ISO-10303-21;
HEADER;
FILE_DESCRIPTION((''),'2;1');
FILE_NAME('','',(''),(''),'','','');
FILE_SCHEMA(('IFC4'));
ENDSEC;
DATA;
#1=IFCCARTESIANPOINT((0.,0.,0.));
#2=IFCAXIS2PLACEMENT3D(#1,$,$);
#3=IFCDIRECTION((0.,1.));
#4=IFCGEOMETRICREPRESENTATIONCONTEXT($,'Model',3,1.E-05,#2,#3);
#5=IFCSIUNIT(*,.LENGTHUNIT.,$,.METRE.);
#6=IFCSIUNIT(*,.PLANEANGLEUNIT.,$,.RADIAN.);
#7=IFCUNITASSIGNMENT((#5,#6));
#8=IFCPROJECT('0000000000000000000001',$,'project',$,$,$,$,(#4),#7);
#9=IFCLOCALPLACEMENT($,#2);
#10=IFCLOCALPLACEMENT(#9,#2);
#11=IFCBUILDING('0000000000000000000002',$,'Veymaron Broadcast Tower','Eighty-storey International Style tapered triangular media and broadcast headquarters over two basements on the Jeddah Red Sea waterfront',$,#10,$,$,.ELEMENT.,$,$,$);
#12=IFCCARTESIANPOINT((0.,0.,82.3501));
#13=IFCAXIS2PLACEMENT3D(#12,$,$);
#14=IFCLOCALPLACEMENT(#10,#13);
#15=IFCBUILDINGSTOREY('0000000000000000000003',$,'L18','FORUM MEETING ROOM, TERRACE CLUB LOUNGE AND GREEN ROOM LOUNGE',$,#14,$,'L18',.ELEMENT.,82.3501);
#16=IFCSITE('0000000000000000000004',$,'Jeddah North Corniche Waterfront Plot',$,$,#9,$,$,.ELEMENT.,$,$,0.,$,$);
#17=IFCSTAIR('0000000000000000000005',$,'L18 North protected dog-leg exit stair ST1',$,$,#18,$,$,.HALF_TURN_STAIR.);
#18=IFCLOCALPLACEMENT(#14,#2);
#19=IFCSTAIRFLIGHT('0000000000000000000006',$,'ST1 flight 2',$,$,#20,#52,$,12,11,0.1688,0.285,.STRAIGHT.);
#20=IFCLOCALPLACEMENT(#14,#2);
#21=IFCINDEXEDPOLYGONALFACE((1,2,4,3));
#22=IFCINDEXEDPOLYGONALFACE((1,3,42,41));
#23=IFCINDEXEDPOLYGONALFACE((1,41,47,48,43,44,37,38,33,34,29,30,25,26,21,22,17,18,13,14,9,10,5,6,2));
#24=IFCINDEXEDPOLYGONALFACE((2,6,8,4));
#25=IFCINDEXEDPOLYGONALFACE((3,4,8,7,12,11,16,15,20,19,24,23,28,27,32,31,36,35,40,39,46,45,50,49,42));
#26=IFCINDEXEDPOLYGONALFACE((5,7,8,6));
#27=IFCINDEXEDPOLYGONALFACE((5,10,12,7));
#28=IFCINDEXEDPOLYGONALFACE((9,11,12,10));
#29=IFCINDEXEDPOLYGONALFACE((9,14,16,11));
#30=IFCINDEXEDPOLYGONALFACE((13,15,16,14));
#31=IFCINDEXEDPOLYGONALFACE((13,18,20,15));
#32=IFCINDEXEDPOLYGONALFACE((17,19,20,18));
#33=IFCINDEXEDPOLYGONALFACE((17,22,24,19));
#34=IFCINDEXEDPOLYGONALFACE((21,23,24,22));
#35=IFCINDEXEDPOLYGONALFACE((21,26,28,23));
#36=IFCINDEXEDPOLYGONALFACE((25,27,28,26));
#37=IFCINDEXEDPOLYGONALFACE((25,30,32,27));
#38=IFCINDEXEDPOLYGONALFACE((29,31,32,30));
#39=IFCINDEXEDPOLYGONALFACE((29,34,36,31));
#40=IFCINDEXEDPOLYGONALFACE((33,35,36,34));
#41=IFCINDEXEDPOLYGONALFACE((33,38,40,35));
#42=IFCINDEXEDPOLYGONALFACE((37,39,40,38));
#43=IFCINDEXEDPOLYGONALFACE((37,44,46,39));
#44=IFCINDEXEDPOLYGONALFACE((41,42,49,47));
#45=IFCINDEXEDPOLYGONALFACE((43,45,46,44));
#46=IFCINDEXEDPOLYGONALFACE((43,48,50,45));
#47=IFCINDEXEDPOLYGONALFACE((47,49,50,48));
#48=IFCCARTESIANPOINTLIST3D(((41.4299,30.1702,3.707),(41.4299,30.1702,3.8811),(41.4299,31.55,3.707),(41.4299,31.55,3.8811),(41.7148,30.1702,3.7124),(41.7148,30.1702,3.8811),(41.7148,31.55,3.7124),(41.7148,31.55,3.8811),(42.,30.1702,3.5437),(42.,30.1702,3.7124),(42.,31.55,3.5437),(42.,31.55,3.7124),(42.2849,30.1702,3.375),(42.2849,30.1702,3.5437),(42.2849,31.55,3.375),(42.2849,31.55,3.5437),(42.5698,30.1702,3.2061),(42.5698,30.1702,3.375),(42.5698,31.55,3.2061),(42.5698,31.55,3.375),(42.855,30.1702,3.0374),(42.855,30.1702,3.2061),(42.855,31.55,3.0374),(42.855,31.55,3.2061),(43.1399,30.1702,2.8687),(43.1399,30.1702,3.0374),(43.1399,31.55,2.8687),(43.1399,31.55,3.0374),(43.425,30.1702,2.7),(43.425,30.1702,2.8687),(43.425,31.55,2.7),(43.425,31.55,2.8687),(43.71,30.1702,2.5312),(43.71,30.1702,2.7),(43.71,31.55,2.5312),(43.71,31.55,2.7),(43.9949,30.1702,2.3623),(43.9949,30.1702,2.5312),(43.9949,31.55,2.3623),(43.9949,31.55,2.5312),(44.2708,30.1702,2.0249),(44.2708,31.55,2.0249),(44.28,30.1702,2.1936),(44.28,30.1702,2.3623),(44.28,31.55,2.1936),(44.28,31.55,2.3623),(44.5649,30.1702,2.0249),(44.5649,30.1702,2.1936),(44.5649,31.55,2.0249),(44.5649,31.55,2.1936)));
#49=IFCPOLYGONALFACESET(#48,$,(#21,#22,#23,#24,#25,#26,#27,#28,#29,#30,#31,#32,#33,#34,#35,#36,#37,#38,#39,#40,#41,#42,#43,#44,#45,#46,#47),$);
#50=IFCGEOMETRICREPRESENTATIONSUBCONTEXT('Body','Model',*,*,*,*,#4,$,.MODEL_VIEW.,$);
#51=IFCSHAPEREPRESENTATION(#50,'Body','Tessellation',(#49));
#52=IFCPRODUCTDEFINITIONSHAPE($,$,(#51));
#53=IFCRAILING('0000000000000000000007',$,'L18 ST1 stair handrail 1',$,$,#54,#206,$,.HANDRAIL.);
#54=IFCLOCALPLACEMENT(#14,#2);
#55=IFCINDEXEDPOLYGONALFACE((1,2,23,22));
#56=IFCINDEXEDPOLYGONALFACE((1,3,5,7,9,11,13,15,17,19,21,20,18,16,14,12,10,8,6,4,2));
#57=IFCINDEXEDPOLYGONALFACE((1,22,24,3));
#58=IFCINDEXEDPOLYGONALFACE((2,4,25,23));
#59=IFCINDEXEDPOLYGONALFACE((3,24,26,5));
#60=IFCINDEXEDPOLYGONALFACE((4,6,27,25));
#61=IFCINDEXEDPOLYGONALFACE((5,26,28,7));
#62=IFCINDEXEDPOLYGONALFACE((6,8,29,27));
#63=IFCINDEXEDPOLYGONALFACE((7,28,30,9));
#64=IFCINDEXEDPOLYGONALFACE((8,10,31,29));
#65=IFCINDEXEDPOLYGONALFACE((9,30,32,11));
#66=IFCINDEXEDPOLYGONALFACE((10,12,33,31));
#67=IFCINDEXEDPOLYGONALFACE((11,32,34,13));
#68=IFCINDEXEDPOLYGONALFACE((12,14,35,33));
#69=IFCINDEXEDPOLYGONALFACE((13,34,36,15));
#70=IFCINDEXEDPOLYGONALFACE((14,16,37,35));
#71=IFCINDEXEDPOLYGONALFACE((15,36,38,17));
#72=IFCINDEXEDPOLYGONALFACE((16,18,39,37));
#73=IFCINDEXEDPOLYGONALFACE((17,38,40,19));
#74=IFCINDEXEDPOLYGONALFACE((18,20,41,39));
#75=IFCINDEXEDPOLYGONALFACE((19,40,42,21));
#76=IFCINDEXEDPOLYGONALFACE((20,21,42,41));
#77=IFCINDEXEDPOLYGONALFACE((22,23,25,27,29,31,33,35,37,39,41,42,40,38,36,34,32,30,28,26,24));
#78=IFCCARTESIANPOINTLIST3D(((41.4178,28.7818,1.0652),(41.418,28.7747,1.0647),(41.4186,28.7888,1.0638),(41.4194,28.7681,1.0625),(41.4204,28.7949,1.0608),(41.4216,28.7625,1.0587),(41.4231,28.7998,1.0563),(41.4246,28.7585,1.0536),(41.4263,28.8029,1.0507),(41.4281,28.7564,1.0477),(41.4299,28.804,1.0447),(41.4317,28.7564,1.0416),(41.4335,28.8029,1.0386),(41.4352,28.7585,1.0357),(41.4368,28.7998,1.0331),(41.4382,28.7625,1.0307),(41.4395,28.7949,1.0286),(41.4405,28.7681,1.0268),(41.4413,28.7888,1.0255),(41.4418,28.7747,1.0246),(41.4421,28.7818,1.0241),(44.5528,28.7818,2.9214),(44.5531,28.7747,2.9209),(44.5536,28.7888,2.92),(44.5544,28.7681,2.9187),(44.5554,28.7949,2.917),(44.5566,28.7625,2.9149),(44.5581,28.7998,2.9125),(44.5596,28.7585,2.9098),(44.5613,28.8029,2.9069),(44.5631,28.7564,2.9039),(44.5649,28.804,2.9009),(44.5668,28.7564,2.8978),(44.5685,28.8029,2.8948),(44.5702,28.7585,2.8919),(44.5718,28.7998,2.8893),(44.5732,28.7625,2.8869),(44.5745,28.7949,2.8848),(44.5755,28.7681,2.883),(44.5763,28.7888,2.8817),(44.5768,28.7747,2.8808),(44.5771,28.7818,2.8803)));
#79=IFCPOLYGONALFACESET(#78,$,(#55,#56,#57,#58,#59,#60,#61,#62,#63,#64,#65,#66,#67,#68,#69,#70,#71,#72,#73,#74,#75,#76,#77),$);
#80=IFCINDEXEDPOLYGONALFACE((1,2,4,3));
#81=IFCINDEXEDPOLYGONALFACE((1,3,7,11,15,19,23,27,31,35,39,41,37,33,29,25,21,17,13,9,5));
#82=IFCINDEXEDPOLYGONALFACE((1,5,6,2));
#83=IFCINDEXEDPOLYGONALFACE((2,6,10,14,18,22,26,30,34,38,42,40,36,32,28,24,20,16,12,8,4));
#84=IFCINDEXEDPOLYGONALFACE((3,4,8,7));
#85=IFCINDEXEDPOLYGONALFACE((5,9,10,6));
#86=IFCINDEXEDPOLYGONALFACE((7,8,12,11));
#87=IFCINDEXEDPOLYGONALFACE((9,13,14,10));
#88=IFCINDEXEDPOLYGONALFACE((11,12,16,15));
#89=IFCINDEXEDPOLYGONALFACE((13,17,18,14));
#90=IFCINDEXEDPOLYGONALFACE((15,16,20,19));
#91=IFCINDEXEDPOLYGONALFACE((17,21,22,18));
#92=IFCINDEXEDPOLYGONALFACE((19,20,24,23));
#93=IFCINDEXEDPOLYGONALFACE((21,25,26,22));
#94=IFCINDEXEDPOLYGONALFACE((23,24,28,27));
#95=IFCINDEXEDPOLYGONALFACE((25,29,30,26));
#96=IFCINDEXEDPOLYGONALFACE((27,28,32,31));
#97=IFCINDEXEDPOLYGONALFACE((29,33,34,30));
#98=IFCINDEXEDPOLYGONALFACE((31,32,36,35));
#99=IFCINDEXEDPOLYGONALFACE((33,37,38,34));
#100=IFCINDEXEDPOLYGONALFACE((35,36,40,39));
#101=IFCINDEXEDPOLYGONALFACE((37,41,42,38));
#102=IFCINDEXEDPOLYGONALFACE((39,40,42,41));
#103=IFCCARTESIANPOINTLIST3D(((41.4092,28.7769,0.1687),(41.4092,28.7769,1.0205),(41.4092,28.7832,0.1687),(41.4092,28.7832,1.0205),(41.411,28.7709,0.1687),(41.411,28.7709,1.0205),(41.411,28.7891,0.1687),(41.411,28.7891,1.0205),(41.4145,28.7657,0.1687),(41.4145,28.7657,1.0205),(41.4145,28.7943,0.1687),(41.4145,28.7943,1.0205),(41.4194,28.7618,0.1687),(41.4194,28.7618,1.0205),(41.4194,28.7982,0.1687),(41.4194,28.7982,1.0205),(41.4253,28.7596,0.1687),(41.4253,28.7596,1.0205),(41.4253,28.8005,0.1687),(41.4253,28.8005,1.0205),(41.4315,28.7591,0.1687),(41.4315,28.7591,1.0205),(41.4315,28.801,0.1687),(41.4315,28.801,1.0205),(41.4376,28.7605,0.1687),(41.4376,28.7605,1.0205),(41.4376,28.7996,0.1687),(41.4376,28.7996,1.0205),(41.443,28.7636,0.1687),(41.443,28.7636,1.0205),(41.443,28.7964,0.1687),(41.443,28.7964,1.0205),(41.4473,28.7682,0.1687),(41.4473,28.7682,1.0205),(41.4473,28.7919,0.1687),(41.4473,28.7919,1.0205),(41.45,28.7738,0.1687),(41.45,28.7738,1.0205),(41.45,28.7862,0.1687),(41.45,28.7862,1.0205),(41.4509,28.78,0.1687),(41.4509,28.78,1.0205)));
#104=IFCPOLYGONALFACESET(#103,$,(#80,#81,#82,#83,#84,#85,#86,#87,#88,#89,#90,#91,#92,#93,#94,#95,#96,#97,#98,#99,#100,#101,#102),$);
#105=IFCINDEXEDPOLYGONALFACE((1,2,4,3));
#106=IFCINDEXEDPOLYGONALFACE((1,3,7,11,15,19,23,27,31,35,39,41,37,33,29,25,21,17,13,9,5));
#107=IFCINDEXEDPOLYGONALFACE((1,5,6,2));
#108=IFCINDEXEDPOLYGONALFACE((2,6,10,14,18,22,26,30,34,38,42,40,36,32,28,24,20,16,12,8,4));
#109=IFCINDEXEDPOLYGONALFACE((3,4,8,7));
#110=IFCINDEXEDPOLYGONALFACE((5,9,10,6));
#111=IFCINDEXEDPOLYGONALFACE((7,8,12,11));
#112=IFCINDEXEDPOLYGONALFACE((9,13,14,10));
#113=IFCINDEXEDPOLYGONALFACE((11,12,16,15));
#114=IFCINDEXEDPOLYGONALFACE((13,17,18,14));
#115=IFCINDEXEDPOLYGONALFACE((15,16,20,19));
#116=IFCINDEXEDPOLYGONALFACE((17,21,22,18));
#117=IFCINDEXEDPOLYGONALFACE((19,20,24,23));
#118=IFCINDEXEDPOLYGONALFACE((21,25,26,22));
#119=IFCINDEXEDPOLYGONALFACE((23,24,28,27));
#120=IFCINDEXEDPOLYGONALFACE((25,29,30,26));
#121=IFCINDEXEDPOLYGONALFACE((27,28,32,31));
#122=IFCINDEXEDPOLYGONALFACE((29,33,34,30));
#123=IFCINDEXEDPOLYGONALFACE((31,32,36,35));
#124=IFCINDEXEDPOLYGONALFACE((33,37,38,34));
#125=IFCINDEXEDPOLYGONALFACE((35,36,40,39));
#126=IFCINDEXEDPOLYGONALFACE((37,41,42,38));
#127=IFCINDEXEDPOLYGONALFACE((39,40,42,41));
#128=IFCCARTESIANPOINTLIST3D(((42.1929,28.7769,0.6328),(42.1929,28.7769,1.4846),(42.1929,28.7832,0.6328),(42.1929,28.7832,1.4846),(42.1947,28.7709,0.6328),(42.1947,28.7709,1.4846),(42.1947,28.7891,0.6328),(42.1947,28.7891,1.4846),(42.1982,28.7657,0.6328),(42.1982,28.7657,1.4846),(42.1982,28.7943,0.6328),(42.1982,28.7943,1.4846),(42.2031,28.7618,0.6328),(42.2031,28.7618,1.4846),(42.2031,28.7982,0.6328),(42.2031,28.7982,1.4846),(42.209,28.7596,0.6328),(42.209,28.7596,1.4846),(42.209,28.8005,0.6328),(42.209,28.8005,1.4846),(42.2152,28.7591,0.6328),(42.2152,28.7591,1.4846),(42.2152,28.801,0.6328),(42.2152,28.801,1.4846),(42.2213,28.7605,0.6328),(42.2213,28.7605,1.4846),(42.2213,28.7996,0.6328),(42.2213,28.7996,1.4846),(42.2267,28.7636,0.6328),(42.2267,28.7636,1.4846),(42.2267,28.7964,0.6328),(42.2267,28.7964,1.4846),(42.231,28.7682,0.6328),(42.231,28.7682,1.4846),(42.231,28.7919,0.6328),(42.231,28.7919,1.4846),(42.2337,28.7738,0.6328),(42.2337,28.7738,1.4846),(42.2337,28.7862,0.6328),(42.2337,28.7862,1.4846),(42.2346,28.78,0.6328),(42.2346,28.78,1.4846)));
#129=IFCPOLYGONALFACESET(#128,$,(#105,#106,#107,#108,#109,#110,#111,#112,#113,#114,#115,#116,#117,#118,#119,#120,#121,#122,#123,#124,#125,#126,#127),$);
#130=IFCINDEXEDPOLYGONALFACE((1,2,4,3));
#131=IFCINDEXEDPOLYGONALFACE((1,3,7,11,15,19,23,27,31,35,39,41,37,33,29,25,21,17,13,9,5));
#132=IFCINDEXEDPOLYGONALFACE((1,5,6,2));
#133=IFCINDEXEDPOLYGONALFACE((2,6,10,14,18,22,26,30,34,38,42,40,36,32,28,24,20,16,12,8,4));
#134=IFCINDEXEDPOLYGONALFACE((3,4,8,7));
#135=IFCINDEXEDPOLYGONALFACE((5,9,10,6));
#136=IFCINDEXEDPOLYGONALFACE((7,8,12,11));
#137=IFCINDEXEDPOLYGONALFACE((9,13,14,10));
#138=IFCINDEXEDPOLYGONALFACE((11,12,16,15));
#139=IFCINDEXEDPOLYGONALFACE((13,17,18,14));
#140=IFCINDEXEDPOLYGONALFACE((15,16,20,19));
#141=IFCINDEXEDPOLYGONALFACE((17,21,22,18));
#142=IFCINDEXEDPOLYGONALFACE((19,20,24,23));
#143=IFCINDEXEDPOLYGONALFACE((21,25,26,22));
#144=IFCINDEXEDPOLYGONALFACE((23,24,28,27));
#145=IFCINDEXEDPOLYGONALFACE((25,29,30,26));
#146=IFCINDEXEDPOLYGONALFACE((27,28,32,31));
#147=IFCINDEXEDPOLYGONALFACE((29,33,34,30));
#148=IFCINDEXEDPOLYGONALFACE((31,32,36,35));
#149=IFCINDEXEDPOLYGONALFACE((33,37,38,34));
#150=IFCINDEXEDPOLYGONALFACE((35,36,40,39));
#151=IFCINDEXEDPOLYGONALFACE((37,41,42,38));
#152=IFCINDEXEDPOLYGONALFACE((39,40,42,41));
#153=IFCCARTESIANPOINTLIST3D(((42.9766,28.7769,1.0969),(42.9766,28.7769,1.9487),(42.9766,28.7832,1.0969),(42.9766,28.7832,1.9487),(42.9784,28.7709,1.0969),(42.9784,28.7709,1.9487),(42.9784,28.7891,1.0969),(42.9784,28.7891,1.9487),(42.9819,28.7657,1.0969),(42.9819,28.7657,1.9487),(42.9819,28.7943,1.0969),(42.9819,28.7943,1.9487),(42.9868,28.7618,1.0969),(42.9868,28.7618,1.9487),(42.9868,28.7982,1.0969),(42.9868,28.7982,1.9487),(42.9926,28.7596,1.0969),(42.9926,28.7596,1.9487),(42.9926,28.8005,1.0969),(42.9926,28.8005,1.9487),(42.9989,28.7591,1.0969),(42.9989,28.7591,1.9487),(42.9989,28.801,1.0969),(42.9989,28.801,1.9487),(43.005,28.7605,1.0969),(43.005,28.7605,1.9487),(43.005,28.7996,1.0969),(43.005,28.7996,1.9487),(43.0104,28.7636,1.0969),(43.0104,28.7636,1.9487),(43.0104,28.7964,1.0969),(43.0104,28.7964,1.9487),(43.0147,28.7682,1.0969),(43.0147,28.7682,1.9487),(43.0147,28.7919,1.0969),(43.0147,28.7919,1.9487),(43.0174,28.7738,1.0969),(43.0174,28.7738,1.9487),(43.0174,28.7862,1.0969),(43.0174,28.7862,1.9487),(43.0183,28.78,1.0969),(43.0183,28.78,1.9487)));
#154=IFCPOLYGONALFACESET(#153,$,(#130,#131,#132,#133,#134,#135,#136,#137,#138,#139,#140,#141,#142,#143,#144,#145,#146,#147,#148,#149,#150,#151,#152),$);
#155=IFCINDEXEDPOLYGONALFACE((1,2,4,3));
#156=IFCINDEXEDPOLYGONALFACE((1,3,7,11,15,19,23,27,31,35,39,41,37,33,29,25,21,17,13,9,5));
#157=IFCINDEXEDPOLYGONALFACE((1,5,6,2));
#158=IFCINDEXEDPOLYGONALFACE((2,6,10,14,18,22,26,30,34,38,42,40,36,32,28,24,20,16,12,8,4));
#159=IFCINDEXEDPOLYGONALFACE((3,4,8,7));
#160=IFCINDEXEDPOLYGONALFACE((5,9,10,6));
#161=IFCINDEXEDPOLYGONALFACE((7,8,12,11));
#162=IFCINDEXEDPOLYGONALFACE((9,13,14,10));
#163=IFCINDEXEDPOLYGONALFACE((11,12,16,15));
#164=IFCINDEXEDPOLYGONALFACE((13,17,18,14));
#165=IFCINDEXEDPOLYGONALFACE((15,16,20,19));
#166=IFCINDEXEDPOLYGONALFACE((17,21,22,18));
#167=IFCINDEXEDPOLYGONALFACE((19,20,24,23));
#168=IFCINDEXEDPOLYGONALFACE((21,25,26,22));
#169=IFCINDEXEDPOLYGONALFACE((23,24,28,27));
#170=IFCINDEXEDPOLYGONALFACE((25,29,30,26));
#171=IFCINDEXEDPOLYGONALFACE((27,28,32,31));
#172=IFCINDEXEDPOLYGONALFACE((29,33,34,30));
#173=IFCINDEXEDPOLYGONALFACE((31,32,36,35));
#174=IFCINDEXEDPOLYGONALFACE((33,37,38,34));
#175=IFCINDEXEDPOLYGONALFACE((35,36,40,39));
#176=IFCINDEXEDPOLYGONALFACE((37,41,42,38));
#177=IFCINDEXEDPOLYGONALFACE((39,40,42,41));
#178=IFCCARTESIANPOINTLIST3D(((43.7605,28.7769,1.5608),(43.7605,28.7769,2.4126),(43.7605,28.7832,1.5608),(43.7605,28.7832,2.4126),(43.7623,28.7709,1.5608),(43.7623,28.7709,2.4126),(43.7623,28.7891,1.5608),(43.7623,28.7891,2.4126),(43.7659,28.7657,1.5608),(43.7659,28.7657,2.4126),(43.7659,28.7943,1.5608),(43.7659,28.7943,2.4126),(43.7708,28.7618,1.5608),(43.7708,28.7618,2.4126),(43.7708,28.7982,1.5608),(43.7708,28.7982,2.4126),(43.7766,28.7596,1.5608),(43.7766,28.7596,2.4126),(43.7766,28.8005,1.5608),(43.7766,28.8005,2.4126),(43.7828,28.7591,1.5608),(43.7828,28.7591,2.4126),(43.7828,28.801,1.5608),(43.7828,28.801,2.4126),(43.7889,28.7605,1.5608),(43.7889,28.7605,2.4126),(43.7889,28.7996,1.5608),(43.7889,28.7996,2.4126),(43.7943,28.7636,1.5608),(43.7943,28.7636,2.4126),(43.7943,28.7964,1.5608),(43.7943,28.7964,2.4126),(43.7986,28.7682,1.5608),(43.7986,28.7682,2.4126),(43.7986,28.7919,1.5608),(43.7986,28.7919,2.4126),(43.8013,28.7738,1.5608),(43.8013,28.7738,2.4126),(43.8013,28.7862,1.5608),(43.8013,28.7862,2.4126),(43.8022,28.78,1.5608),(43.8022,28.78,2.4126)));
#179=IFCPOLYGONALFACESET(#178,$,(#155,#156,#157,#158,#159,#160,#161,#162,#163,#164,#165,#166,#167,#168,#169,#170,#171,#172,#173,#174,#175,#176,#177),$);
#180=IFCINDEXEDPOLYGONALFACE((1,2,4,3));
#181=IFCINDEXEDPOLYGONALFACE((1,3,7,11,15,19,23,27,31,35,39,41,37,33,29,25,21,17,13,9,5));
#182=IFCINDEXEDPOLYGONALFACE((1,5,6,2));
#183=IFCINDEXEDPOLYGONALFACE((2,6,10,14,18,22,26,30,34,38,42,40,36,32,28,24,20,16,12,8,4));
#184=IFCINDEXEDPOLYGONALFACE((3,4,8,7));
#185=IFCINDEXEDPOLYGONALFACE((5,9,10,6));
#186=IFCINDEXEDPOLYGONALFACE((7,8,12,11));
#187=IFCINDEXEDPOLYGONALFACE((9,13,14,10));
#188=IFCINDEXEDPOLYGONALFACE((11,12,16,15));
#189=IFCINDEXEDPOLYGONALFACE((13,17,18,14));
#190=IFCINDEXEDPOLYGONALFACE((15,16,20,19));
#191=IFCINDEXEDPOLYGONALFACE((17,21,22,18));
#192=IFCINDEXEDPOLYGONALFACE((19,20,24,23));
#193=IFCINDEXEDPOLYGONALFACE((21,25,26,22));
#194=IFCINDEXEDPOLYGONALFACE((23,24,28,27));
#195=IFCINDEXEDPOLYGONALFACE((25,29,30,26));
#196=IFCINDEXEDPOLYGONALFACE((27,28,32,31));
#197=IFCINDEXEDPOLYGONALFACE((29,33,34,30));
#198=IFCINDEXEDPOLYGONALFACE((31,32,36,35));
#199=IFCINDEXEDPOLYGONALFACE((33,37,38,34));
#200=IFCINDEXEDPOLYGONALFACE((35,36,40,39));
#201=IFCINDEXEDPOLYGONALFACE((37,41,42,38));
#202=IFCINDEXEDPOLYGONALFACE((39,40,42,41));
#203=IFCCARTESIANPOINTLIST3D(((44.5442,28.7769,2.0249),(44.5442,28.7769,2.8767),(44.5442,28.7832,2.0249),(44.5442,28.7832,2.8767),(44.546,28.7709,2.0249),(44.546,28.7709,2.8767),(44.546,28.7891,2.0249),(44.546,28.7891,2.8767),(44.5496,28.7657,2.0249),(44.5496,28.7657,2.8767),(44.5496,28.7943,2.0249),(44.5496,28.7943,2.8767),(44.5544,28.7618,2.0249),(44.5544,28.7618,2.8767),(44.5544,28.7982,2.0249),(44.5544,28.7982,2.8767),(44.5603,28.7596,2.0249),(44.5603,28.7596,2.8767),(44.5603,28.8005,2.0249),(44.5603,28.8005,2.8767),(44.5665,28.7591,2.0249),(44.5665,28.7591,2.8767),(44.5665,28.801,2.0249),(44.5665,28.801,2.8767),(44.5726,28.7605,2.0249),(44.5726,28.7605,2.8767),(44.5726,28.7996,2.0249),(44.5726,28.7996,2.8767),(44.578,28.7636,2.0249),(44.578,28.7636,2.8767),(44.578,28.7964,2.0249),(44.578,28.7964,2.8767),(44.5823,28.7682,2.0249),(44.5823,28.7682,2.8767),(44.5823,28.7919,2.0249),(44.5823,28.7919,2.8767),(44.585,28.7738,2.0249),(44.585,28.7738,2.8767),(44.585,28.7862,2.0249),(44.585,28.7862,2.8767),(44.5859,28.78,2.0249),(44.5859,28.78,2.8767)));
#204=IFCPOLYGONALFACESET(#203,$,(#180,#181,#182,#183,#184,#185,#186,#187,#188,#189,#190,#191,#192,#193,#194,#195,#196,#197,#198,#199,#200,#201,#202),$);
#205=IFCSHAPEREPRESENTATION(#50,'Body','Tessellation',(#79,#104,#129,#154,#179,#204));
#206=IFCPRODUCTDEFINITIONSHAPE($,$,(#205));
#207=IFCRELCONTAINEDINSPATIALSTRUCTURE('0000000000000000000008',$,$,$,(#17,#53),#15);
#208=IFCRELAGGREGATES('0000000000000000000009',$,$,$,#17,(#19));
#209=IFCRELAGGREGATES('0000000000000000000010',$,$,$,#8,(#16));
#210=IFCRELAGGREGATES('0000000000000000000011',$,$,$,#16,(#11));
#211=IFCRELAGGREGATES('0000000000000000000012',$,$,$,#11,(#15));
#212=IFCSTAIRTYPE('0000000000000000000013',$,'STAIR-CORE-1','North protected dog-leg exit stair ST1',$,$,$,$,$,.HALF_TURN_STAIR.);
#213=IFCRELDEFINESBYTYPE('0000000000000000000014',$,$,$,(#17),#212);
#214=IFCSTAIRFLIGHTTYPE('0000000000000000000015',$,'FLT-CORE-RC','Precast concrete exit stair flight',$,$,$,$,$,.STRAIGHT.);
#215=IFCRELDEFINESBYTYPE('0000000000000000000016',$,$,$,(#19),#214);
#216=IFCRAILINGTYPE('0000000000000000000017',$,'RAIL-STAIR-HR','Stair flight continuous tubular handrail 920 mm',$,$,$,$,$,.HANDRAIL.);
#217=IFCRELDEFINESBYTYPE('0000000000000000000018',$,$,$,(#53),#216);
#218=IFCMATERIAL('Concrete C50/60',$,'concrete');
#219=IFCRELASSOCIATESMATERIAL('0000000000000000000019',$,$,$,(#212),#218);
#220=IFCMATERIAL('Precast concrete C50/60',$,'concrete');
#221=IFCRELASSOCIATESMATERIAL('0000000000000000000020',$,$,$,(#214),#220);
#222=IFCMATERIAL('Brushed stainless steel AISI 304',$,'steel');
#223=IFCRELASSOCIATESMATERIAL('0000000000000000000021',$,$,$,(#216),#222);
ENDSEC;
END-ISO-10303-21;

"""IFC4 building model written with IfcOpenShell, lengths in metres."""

from ifc_helpers import new_model, si_unit, direction, frame, origin, origin_2d, place, context, subcontext, project, spatial, polyline, circle, outline, extrude, material, type_object, element, aggregate, save


model = new_model("IFC4")

# Units and contexts
model_context = context("Model", 3, precision=1e-05, world=origin(), true_north=direction((0.0, 1.0)))
body_context = subcontext(model_context, "Body", "Model", "MODEL_VIEW")
ifc_project = project(units=[si_unit("LENGTHUNIT", "METRE"), si_unit("PLANEANGLEUNIT", "RADIAN")], contexts=[model_context])

# Site, building, storey
site_placement = place(None, origin())
site = spatial("IfcSite", under=ifc_project, at=site_placement, Name="Jeddah North Corniche Waterfront Plot", CompositionType="ELEMENT", RefElevation=0.0)
building_placement = place(site_placement, origin())
building = spatial("IfcBuilding", under=site, at=building_placement, Name="Veymaron Broadcast Tower", Description="Eighty-storey International Style tapered triangular media and broadcast headquarters over two basements on the Jeddah Red Sea waterfront", CompositionType="ELEMENT")
storey_placement = place(building_placement, frame((0.0, 0.0, 82.3501)))
storey = spatial("IfcBuildingStorey", under=building, at=storey_placement, Name="L18", Description="FORUM MEETING ROOM, TERRACE CLUB LOUNGE AND GREEN ROOM LOUNGE", LongName="L18", CompositionType="ELEMENT", Elevation=82.3501)

# Shared definitions
ifc_material_1 = material(Name="Brushed stainless steel AISI 304", Category="steel")

# Shared definitions
ifc_material_2 = material(Name="Concrete C50/60", Category="concrete")

# Stair, stair flight
stair_type = type_object("IfcStairType", Name="STAIR-CORE-1", Description="North protected dog-leg exit stair ST1", PredefinedType="HALF_TURN_STAIR", material=ifc_material_2)
stair_placement = place(storey_placement, origin())
stair = element("IfcStair", 1, at=stair_placement, inside=storey, type_object=stair_type, Name="L18 North protected dog-leg exit stair ST1", PredefinedType="HALF_TURN_STAIR")
ifc_material_3 = material(Name="Precast concrete C50/60", Category="concrete")
stair_flight_type = type_object("IfcStairFlightType", Name="FLT-CORE-RC", Description="Precast concrete exit stair flight", PredefinedType="STRAIGHT", material=ifc_material_3)
stair_flight_1_placement = place(storey_placement, frame((44.5649, 30.8601, 2.0249), z_axis=(0.0, 0.0, 1.0), x_axis=(-1.0, 0.0, 0.0)))
stair_flight_1 = element("IfcStairFlight", 2, at=stair_flight_1_placement, type_object=stair_flight_type, Name="ST1 flight 2", NumberOfRisers=12, NumberOfTreads=11, PredefinedType="STRAIGHT", RiserHeight=0.1688, TreadLength=0.285, context=body_context, shape_type="SweptSolid", body=[
    extrude(outline(polyline([(0.0, 0.0), (0.0, 0.1687), (0.2849, 0.1687), (0.2849, 0.3374), (0.5701, 0.3374), (0.5701, 0.5063), (0.855, 0.5063), (0.855, 0.675), (1.1399, 0.675), (1.1399, 0.8438), (1.425, 0.8438), (1.425, 1.0125), (1.71, 1.0125), (1.71, 1.1812), (1.9951, 1.1812), (1.9951, 1.3501), (2.28, 1.3501), (2.28, 1.5188), (2.5649, 1.5188), (2.5649, 1.6875), (2.8501, 1.6875), (2.8501, 1.8562), (3.135, 1.8562), (3.135, 2.0249), (3.135, 1.6821), (0.2942, 0.0), (0.0, 0.0)])), frame((0.0, 0.6899, 0.0), z_axis=(0.0, -1.0, 0.0), x_axis=(1.0, 0.0, 0.0)), (0.0, 0.0, 1.0), 1.3799),
])
aggregate(stair, [stair_flight_1])

# Railing
railing_type_1 = type_object("IfcRailingType", Name="RAIL-STAIR-HR", Description="Stair flight continuous tubular handrail 920 mm", PredefinedType="HANDRAIL", material=ifc_material_1)
railing_1_placement = place(storey_placement, frame((41.4299, 28.78, 0.1687)))
element("IfcRailing", 3, at=railing_1_placement, inside=storey, type_object=railing_type_1, Name="L18 ST1 stair handrail 1", PredefinedType="HANDRAIL", context=body_context, shape_type="SweptSolid", body=[
    extrude(circle(Radius=0.0239, at=origin_2d()), frame((0.0, 0.0, 0.876), z_axis=(0.860482, 0.0, 0.509481), x_axis=(0.0, 1.0, 0.0)), (0.0, 0.0, 1.0), 3.6433),
    extrude(circle(Radius=0.021, at=origin_2d()), origin(), (0.0, 0.0, 1.0), 0.8518),
    extrude(circle(Radius=0.021, at=origin_2d()), frame((0.7837, 0.0, 0.4641)), (0.0, 0.0, 1.0), 0.8518),
    extrude(circle(Radius=0.021, at=origin_2d()), frame((1.5674, 0.0, 0.9282)), (0.0, 0.0, 1.0), 0.8518),
    extrude(circle(Radius=0.021, at=origin_2d()), frame((2.3513, 0.0, 1.3921)), (0.0, 0.0, 1.0), 0.8518),
    extrude(circle(Radius=0.021, at=origin_2d()), frame((3.135, 0.0, 1.8562)), (0.0, 0.0, 1.0), 0.8518),
])

save(model, "model.ifc")
